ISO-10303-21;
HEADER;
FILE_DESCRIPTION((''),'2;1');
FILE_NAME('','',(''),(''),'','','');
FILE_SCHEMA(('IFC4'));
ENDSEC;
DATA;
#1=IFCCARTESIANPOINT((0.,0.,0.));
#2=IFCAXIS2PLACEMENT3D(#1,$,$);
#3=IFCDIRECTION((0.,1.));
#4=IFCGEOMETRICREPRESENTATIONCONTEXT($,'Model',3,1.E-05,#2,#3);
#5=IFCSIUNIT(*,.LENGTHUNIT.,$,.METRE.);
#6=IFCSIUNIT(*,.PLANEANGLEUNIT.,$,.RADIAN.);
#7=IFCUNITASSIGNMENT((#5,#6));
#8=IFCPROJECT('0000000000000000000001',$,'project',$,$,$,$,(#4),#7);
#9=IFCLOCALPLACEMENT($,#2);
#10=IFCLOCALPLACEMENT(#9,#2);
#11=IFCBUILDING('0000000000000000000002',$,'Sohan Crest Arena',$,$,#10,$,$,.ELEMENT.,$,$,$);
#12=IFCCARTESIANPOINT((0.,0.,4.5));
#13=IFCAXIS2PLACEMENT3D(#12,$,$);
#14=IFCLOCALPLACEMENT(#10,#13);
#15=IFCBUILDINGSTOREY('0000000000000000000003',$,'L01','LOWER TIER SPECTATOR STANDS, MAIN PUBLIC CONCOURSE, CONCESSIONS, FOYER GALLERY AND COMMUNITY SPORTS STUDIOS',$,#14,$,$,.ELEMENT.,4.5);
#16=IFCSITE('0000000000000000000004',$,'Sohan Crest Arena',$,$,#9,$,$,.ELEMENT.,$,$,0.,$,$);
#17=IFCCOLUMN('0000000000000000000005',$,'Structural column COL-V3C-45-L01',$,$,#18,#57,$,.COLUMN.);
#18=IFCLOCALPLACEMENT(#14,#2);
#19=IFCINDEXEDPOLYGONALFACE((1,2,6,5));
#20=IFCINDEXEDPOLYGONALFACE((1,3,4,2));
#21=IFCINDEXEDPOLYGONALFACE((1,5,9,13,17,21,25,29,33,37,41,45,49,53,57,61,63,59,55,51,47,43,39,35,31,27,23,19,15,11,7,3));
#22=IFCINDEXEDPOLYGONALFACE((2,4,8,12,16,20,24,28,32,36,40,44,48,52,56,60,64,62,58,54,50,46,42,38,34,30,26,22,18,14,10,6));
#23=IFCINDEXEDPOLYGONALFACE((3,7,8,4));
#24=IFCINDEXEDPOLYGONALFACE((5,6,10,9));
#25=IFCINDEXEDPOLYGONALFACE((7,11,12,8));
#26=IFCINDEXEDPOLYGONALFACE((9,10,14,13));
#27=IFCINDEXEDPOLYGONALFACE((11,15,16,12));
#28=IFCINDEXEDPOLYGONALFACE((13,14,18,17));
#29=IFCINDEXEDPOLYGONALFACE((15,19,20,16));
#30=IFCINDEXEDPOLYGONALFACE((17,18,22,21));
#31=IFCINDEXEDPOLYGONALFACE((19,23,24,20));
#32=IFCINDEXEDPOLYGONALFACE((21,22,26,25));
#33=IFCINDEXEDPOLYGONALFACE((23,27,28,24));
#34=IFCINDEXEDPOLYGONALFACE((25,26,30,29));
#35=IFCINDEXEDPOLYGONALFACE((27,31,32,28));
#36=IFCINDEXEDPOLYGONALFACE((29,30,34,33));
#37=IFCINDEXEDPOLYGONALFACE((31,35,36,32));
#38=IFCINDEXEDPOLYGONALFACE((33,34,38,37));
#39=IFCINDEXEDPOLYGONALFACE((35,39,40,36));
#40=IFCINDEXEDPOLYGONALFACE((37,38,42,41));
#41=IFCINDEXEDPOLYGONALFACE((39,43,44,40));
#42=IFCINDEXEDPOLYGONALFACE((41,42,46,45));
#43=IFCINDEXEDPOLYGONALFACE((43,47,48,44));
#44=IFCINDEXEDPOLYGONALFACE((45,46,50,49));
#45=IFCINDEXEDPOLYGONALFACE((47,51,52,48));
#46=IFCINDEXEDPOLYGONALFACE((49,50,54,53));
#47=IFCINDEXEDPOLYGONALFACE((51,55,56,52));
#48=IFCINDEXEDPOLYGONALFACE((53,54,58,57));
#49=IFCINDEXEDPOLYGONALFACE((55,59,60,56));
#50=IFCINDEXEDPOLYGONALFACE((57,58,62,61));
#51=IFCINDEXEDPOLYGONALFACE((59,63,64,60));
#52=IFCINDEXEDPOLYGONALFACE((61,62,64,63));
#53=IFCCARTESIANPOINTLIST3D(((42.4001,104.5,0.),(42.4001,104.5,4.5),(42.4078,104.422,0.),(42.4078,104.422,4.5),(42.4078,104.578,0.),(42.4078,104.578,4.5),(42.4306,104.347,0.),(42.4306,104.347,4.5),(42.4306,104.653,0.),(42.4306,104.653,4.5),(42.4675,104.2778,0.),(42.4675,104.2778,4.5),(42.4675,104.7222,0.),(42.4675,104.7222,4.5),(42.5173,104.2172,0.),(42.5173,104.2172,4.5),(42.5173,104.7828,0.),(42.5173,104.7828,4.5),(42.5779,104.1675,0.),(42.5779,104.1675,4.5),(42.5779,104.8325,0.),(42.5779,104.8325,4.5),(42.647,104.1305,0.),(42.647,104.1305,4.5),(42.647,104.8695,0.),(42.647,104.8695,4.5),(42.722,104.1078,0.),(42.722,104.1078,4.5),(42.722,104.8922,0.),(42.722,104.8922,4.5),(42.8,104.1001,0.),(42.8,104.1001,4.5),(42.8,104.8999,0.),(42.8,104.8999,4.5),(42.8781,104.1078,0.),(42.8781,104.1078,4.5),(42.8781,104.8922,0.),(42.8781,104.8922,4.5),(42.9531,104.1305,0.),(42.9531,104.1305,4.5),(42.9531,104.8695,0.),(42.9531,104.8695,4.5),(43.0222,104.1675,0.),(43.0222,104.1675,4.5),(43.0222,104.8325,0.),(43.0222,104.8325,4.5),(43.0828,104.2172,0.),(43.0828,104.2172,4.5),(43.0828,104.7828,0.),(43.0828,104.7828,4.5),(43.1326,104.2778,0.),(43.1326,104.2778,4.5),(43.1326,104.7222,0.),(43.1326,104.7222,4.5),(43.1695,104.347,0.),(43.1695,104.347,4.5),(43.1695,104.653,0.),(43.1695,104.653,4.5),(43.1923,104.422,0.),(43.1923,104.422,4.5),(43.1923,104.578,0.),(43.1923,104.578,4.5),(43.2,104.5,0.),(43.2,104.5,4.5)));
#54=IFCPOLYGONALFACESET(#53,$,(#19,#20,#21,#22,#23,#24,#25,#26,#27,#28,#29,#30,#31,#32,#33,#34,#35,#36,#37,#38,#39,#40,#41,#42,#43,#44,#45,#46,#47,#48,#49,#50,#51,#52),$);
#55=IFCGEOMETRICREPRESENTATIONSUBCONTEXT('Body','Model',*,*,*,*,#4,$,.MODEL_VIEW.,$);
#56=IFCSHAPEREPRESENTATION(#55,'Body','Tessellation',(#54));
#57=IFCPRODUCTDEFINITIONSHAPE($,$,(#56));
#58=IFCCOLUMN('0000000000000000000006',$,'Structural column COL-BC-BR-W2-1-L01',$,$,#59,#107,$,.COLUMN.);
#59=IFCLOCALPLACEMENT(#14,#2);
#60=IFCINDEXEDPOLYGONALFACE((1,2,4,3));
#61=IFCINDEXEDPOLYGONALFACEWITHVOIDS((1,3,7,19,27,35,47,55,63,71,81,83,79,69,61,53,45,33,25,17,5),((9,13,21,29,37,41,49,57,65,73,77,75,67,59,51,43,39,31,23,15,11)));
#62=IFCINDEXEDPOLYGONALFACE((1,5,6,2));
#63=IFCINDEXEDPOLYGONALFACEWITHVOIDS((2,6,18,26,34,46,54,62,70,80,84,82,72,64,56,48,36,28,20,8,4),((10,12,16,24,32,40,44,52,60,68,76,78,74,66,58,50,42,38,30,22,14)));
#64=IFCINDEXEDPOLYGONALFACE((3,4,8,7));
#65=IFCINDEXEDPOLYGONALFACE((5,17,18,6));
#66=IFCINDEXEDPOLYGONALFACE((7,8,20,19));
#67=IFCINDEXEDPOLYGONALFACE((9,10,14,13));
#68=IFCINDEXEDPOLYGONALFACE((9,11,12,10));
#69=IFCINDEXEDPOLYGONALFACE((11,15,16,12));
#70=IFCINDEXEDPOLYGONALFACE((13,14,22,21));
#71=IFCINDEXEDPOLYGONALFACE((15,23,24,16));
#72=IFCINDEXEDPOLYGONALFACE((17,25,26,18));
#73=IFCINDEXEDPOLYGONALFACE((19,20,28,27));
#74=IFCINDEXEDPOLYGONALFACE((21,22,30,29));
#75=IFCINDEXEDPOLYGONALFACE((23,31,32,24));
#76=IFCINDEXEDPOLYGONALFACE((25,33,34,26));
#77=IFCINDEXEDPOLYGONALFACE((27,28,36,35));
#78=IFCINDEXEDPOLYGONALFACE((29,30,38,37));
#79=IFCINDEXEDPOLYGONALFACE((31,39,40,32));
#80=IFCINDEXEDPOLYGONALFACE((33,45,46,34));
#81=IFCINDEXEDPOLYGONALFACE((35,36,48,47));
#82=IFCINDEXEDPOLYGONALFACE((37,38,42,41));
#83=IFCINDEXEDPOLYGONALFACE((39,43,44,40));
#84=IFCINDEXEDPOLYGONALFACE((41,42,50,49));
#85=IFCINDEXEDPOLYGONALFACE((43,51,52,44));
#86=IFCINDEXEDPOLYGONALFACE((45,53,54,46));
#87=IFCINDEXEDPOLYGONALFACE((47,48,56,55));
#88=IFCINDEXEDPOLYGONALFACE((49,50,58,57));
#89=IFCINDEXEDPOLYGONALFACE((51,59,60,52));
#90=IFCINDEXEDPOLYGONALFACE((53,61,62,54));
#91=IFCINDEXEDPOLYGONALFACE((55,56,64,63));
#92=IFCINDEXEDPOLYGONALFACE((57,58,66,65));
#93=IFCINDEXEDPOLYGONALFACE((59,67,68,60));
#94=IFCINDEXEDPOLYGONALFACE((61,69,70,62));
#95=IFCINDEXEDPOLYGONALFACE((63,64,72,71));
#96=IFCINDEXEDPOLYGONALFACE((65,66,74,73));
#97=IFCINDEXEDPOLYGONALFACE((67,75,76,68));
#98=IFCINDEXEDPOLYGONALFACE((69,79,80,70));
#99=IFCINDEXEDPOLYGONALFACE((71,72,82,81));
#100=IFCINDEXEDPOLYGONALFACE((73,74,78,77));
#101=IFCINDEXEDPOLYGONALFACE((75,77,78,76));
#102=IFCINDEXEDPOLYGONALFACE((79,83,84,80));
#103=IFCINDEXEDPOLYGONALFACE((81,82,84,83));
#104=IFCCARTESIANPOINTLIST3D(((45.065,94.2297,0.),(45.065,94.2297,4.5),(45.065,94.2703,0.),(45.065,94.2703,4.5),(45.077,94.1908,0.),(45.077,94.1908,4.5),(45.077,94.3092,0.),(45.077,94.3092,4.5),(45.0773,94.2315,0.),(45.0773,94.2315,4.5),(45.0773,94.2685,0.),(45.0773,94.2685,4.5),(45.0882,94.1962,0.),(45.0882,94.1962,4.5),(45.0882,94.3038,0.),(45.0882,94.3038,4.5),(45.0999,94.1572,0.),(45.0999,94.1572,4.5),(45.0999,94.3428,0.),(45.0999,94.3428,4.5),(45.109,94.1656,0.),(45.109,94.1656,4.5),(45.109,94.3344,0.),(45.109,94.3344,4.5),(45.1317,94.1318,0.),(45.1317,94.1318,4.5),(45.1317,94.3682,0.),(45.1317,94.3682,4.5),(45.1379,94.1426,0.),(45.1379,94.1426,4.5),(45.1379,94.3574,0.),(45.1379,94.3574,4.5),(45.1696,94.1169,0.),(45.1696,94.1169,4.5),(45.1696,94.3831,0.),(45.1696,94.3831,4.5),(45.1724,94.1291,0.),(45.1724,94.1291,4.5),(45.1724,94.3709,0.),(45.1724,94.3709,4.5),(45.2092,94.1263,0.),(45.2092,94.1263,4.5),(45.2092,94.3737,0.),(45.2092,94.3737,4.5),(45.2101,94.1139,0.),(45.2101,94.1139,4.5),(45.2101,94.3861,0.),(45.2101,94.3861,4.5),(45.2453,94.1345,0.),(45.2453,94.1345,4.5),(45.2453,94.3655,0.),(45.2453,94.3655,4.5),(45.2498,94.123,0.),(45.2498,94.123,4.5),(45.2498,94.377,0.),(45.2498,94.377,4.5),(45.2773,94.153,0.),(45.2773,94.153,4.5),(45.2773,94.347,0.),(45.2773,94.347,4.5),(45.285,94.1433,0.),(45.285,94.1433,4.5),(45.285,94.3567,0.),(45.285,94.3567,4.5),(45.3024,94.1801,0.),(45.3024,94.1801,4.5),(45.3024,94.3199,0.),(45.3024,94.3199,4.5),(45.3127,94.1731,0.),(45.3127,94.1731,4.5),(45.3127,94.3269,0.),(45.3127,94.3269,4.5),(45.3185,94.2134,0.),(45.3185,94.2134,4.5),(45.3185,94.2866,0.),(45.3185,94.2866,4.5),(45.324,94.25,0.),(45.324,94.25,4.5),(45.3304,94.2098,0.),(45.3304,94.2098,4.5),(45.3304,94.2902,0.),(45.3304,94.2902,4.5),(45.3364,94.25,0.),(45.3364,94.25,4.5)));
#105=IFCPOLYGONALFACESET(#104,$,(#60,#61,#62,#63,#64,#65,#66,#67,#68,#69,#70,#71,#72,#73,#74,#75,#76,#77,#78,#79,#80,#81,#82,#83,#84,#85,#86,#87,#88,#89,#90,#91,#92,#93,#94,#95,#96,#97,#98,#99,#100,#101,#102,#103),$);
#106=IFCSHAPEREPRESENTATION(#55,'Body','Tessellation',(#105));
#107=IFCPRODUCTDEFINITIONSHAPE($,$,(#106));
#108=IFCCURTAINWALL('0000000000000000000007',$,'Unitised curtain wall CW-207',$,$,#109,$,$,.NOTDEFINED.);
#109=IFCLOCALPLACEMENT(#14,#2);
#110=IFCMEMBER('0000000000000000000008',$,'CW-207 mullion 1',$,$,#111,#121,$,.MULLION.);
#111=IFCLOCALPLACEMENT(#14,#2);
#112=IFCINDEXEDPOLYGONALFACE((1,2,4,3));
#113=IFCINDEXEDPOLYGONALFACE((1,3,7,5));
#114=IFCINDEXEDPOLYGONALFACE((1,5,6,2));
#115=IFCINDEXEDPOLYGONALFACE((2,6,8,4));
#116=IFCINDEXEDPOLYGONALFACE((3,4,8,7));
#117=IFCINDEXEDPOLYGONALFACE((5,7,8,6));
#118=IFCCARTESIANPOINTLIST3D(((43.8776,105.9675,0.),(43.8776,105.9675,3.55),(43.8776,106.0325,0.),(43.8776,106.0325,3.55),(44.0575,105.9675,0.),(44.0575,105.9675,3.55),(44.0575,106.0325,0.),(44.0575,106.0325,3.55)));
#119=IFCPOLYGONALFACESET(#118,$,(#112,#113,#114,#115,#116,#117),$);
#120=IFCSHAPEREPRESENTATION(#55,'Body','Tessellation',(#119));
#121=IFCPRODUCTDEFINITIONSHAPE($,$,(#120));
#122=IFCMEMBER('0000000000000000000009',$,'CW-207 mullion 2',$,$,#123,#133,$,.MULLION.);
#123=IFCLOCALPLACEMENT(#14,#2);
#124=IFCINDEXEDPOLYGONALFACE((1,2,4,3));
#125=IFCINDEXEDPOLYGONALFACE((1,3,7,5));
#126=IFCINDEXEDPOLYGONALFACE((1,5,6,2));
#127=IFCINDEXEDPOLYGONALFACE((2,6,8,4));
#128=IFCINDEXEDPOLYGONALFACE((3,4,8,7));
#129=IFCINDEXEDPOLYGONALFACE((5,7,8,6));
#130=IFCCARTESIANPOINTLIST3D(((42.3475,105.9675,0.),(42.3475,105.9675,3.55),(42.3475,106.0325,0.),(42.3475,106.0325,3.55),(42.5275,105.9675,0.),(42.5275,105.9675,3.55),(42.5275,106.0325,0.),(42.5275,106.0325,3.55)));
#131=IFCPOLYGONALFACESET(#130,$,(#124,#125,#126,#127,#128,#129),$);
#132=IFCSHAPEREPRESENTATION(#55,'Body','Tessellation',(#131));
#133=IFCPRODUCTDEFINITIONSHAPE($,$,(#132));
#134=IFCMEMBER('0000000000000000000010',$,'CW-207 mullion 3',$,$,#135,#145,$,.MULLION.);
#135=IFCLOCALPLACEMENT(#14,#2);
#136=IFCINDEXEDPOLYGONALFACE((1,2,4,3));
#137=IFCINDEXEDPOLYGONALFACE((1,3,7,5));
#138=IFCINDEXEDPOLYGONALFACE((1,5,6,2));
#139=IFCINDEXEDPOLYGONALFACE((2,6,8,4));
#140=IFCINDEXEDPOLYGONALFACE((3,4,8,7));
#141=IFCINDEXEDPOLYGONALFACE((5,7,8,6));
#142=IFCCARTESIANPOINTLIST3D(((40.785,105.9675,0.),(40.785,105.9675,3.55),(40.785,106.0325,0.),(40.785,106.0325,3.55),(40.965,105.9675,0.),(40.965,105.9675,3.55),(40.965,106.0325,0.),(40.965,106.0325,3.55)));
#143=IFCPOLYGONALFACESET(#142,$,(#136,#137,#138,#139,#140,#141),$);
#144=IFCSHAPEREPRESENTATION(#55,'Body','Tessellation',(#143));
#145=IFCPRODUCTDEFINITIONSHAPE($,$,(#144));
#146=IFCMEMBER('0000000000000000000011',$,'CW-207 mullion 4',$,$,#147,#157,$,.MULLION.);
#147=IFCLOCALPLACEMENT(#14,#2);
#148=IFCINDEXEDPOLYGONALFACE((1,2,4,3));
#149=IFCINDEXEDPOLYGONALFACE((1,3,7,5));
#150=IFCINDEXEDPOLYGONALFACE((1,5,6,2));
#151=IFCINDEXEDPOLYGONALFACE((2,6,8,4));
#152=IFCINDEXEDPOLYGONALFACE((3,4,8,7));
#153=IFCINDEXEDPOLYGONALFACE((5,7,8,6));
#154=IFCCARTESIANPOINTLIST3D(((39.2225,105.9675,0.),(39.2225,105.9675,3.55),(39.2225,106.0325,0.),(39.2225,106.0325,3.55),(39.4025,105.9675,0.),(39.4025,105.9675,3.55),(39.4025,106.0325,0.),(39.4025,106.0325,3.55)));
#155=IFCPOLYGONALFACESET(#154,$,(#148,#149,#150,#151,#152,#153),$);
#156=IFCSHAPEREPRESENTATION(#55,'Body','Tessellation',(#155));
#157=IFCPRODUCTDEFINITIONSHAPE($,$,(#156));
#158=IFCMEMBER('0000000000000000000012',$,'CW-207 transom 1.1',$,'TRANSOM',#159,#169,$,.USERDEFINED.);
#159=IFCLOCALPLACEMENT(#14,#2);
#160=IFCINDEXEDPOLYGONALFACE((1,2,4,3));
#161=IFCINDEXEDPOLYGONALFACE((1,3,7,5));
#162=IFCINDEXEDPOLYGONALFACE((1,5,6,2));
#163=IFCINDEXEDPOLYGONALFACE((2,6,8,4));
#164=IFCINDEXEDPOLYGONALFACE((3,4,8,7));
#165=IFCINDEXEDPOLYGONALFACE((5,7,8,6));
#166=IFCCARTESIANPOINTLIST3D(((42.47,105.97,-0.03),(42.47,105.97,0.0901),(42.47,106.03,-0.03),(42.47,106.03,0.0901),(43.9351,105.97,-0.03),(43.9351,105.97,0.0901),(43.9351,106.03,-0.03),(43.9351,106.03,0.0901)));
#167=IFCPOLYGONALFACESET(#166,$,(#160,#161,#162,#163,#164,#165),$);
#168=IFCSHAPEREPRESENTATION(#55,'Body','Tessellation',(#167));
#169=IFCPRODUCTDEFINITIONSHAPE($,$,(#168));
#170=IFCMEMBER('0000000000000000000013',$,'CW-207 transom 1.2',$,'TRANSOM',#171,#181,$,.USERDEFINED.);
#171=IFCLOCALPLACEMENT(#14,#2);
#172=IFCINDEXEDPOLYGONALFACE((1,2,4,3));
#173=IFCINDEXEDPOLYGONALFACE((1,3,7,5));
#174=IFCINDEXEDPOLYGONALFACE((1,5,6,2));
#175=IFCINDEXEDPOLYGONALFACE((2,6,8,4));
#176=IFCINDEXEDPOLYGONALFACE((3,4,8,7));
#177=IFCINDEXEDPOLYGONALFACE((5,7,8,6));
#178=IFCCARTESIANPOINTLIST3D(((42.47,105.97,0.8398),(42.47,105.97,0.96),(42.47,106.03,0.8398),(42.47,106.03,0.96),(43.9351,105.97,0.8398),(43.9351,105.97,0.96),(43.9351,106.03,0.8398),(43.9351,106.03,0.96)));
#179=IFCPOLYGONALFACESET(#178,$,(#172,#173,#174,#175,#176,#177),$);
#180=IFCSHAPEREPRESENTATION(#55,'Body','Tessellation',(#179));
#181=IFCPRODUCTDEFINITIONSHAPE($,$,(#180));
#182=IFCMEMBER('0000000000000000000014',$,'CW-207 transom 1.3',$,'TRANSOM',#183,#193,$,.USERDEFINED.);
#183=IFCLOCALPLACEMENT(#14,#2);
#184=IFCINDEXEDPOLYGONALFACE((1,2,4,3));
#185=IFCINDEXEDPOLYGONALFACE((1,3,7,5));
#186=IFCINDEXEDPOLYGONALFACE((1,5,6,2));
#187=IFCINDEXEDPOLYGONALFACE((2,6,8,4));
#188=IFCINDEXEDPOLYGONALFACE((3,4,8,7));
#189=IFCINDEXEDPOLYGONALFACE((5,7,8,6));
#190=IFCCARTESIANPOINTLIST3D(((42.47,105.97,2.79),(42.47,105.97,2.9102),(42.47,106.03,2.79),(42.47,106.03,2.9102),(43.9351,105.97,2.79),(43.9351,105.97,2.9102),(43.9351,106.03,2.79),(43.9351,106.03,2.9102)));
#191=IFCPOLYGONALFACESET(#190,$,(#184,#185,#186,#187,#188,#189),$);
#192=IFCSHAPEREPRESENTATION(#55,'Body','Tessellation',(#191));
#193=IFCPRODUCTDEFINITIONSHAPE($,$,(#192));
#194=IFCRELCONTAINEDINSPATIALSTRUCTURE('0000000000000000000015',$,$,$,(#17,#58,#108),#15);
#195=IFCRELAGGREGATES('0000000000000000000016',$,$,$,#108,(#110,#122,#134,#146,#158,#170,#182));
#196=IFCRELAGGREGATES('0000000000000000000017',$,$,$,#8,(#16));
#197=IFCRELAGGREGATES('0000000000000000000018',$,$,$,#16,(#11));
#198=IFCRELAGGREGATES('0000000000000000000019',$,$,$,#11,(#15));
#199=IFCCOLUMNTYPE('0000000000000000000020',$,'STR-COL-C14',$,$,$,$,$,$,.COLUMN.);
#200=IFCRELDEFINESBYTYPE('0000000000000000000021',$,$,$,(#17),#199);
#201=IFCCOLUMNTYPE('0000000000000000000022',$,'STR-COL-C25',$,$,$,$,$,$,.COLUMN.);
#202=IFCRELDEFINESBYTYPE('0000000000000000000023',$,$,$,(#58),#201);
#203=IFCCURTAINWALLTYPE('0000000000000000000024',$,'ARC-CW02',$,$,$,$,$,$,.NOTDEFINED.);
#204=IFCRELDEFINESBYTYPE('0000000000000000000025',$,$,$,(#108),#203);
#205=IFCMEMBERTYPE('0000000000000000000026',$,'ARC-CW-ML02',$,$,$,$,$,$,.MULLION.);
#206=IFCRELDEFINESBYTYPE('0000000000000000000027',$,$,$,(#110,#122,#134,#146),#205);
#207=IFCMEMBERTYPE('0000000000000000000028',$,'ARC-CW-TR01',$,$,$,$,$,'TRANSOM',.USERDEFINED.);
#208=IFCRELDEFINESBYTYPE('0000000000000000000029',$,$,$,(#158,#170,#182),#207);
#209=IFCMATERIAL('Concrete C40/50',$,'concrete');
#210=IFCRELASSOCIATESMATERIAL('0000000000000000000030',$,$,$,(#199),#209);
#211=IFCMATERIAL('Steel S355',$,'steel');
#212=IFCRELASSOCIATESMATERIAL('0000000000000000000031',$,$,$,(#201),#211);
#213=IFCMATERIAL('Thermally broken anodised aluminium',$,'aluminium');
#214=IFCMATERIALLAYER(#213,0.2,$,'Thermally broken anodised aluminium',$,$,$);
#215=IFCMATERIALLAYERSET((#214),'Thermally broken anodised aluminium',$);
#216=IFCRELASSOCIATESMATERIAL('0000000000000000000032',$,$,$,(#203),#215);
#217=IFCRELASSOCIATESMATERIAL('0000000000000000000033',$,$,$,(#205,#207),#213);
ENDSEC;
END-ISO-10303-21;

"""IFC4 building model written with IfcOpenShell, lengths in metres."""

from ifc_helpers import new_model, si_unit, direction, frame, origin, origin_2d, place, context, subcontext, project, spatial, rectangle, circle, hollow_circle, extrude, material, layer, layer_set, material_profile, profile_set, type_object, element, aggregate, save


model = new_model("IFC4")

# Units and contexts
model_context = context("Model", 3, precision=1e-05, world=origin(), true_north=direction((0.0, 1.0)))
body_context = subcontext(model_context, "Body", "Model", "MODEL_VIEW")
ifc_project = project(units=[si_unit("LENGTHUNIT", "METRE"), si_unit("PLANEANGLEUNIT", "RADIAN")], contexts=[model_context])

# Site, building, storey
site_placement = place(None, origin())
site = spatial("IfcSite", under=ifc_project, at=site_placement, Name="Sohan Crest Arena", CompositionType="ELEMENT", RefElevation=0.0)
building_placement = place(site_placement, origin())
building = spatial("IfcBuilding", under=site, at=building_placement, Name="Sohan Crest Arena", CompositionType="ELEMENT")
storey_placement = place(building_placement, frame((0.0, 0.0, 4.5)))
storey = spatial("IfcBuildingStorey", under=building, at=storey_placement, Name="L01", Description="LOWER TIER SPECTATOR STANDS, MAIN PUBLIC CONCOURSE, CONCESSIONS, FOYER GALLERY AND COMMUNITY SPORTS STUDIOS", CompositionType="ELEMENT", Elevation=4.5)

# Columns
ifc_material_1 = material(Name="Concrete C40/50", Category="concrete")
ifc_material_profile_1 = material_profile(ifc_material_1, circle(Radius=0.3999, at=origin_2d()), Name="RC D800")
ifc_profile_set_1 = profile_set([ifc_material_profile_1], Name="Concrete C40/50")
column_type_1 = type_object("IfcColumnType", Name="STR-COL-C14", PredefinedType="COLUMN", material=ifc_profile_set_1)
column_1_placement = place(storey_placement, frame((42.8, 104.5, 0.0), z_axis=(0.0, 0.0, 1.0), x_axis=(1.0, 0.0, 0.0)))
element("IfcColumn", 1, at=column_1_placement, inside=storey, type_object=column_type_1, Name="Structural column COL-V3C-45-L01", PredefinedType="COLUMN", context=body_context, shape_type="SweptSolid", body=[
    extrude(circle(Radius=0.3999, at=origin_2d()), origin(), (0.0, 0.0, 1.0), 4.5),
])
ifc_material_2 = material(Name="Steel S355", Category="steel")
ifc_material_profile_2 = material_profile(ifc_material_2, hollow_circle(Radius=0.1365, WallThickness=0.0125, at=origin_2d()), Name="CHS 273x12.5")
ifc_profile_set_2 = profile_set([ifc_material_profile_2], Name="Steel S355")
column_type_2 = type_object("IfcColumnType", Name="STR-COL-C25", PredefinedType="COLUMN", material=ifc_profile_set_2)
column_2_placement = place(storey_placement, frame((45.2, 94.25, 0.0), z_axis=(0.0, 0.0, 1.0), x_axis=(1.0, 0.0, 0.0)))
element("IfcColumn", 2, at=column_2_placement, inside=storey, type_object=column_type_2, Name="Structural column COL-BC-BR-W2-1-L01", PredefinedType="COLUMN", context=body_context, shape_type="SweptSolid", body=[
    extrude(hollow_circle(Radius=0.1365, WallThickness=0.0125, at=origin_2d()), origin(), (0.0, 0.0, 1.0), 4.5),
])

# Curtain wall, members
ifc_material_3 = material(Name="Thermally broken anodised aluminium", Category="aluminium")
ifc_layer_1 = layer(ifc_material_3, 0.2, Name="Thermally broken anodised aluminium")
ifc_layer_set_1 = layer_set([ifc_layer_1], Name="Thermally broken anodised aluminium")
curtain_wall_type = type_object("IfcCurtainWallType", Name="ARC-CW02", PredefinedType="NOTDEFINED", material=ifc_layer_set_1)
curtain_wall_placement = place(storey_placement, origin())
curtain_wall = element("IfcCurtainWall", 3, at=curtain_wall_placement, inside=storey, type_object=curtain_wall_type, Name="Unitised curtain wall CW-207", PredefinedType="NOTDEFINED")
ifc_material_profile_3 = material_profile(ifc_material_3, rectangle(XDim=0.0649, YDim=0.1799, at=origin_2d()), Name="ALU-MULL 65x180")
ifc_profile_set_3 = profile_set([ifc_material_profile_3], Name="Thermally broken anodised aluminium")
member_type_1 = type_object("IfcMemberType", Name="ARC-CW-ML02", PredefinedType="MULLION", material=ifc_profile_set_3)
member_1_placement = place(storey_placement, frame((43.9675, 106.0, 0.0), z_axis=(0.0, 0.0, 1.0), x_axis=(0.0, -1.0, 0.0)))
member_1 = element("IfcMember", 4, at=member_1_placement, type_object=member_type_1, Name="CW-207 mullion 1", PredefinedType="MULLION", context=body_context, shape_type="SweptSolid", body=[
    extrude(rectangle(XDim=0.0649, YDim=0.1799, at=origin_2d()), origin(), (0.0, 0.0, 1.0), 3.55),
])
member_2_placement = place(storey_placement, frame((42.4375, 106.0, 0.0), z_axis=(0.0, 0.0, 1.0), x_axis=(0.0, -1.0, 0.0)))
member_2 = element("IfcMember", 5, at=member_2_placement, type_object=member_type_1, Name="CW-207 mullion 2", PredefinedType="MULLION", context=body_context, shape_type="SweptSolid", body=[
    extrude(rectangle(XDim=0.0649, YDim=0.1799, at=origin_2d()), origin(), (0.0, 0.0, 1.0), 3.55),
])
member_3_placement = place(storey_placement, frame((40.875, 106.0, 0.0), z_axis=(0.0, 0.0, 1.0), x_axis=(0.0, -1.0, 0.0)))
member_3 = element("IfcMember", 6, at=member_3_placement, type_object=member_type_1, Name="CW-207 mullion 3", PredefinedType="MULLION", context=body_context, shape_type="SweptSolid", body=[
    extrude(rectangle(XDim=0.0649, YDim=0.1799, at=origin_2d()), origin(), (0.0, 0.0, 1.0), 3.55),
])
member_4_placement = place(storey_placement, frame((39.3125, 106.0, 0.0), z_axis=(0.0, 0.0, 1.0), x_axis=(0.0, -1.0, 0.0)))
member_4 = element("IfcMember", 7, at=member_4_placement, type_object=member_type_1, Name="CW-207 mullion 4", PredefinedType="MULLION", context=body_context, shape_type="SweptSolid", body=[
    extrude(rectangle(XDim=0.0649, YDim=0.1799, at=origin_2d()), origin(), (0.0, 0.0, 1.0), 3.55),
])
ifc_material_profile_4 = material_profile(ifc_material_3, rectangle(XDim=0.0601, YDim=0.1201, at=origin_2d()), Name="ALU-TRAN 60x120")
ifc_profile_set_4 = profile_set([ifc_material_profile_4], Name="Thermally broken anodised aluminium")
member_type_2 = type_object("IfcMemberType", Name="ARC-CW-TR01", ElementType="TRANSOM", PredefinedType="USERDEFINED", material=ifc_profile_set_4)
member_5_placement = place(storey_placement, frame((43.9351, 106.0, 0.03), z_axis=(-1.0, 0.0, 0.0), x_axis=(0.0, -1.0, 0.0)))
member_5 = element("IfcMember", 8, at=member_5_placement, type_object=member_type_2, Name="CW-207 transom 1.1", ObjectType="TRANSOM", PredefinedType="USERDEFINED", context=body_context, shape_type="SweptSolid", body=[
    extrude(rectangle(XDim=0.0601, YDim=0.1201, at=origin_2d()), origin(), (0.0, 0.0, 1.0), 1.4651),
])
member_6_placement = place(storey_placement, frame((43.9351, 106.0, 0.8999), z_axis=(-1.0, 0.0, 0.0), x_axis=(0.0, -1.0, 0.0)))
member_6 = element("IfcMember", 9, at=member_6_placement, type_object=member_type_2, Name="CW-207 transom 1.2", ObjectType="TRANSOM", PredefinedType="USERDEFINED", context=body_context, shape_type="SweptSolid", body=[
    extrude(rectangle(XDim=0.0601, YDim=0.1201, at=origin_2d()), origin(), (0.0, 0.0, 1.0), 1.4651),
])
member_7_placement = place(storey_placement, frame((43.9351, 106.0, 2.8501), z_axis=(-1.0, 0.0, 0.0), x_axis=(0.0, -1.0, 0.0)))
member_7 = element("IfcMember", 10, at=member_7_placement, type_object=member_type_2, Name="CW-207 transom 1.3", ObjectType="TRANSOM", PredefinedType="USERDEFINED", context=body_context, shape_type="SweptSolid", body=[
    extrude(rectangle(XDim=0.0601, YDim=0.1201, at=origin_2d()), origin(), (0.0, 0.0, 1.0), 1.4651),
])
aggregate(curtain_wall, [member_1, member_2, member_3, member_4, member_5, member_6, member_7])

save(model, "model.ifc")
